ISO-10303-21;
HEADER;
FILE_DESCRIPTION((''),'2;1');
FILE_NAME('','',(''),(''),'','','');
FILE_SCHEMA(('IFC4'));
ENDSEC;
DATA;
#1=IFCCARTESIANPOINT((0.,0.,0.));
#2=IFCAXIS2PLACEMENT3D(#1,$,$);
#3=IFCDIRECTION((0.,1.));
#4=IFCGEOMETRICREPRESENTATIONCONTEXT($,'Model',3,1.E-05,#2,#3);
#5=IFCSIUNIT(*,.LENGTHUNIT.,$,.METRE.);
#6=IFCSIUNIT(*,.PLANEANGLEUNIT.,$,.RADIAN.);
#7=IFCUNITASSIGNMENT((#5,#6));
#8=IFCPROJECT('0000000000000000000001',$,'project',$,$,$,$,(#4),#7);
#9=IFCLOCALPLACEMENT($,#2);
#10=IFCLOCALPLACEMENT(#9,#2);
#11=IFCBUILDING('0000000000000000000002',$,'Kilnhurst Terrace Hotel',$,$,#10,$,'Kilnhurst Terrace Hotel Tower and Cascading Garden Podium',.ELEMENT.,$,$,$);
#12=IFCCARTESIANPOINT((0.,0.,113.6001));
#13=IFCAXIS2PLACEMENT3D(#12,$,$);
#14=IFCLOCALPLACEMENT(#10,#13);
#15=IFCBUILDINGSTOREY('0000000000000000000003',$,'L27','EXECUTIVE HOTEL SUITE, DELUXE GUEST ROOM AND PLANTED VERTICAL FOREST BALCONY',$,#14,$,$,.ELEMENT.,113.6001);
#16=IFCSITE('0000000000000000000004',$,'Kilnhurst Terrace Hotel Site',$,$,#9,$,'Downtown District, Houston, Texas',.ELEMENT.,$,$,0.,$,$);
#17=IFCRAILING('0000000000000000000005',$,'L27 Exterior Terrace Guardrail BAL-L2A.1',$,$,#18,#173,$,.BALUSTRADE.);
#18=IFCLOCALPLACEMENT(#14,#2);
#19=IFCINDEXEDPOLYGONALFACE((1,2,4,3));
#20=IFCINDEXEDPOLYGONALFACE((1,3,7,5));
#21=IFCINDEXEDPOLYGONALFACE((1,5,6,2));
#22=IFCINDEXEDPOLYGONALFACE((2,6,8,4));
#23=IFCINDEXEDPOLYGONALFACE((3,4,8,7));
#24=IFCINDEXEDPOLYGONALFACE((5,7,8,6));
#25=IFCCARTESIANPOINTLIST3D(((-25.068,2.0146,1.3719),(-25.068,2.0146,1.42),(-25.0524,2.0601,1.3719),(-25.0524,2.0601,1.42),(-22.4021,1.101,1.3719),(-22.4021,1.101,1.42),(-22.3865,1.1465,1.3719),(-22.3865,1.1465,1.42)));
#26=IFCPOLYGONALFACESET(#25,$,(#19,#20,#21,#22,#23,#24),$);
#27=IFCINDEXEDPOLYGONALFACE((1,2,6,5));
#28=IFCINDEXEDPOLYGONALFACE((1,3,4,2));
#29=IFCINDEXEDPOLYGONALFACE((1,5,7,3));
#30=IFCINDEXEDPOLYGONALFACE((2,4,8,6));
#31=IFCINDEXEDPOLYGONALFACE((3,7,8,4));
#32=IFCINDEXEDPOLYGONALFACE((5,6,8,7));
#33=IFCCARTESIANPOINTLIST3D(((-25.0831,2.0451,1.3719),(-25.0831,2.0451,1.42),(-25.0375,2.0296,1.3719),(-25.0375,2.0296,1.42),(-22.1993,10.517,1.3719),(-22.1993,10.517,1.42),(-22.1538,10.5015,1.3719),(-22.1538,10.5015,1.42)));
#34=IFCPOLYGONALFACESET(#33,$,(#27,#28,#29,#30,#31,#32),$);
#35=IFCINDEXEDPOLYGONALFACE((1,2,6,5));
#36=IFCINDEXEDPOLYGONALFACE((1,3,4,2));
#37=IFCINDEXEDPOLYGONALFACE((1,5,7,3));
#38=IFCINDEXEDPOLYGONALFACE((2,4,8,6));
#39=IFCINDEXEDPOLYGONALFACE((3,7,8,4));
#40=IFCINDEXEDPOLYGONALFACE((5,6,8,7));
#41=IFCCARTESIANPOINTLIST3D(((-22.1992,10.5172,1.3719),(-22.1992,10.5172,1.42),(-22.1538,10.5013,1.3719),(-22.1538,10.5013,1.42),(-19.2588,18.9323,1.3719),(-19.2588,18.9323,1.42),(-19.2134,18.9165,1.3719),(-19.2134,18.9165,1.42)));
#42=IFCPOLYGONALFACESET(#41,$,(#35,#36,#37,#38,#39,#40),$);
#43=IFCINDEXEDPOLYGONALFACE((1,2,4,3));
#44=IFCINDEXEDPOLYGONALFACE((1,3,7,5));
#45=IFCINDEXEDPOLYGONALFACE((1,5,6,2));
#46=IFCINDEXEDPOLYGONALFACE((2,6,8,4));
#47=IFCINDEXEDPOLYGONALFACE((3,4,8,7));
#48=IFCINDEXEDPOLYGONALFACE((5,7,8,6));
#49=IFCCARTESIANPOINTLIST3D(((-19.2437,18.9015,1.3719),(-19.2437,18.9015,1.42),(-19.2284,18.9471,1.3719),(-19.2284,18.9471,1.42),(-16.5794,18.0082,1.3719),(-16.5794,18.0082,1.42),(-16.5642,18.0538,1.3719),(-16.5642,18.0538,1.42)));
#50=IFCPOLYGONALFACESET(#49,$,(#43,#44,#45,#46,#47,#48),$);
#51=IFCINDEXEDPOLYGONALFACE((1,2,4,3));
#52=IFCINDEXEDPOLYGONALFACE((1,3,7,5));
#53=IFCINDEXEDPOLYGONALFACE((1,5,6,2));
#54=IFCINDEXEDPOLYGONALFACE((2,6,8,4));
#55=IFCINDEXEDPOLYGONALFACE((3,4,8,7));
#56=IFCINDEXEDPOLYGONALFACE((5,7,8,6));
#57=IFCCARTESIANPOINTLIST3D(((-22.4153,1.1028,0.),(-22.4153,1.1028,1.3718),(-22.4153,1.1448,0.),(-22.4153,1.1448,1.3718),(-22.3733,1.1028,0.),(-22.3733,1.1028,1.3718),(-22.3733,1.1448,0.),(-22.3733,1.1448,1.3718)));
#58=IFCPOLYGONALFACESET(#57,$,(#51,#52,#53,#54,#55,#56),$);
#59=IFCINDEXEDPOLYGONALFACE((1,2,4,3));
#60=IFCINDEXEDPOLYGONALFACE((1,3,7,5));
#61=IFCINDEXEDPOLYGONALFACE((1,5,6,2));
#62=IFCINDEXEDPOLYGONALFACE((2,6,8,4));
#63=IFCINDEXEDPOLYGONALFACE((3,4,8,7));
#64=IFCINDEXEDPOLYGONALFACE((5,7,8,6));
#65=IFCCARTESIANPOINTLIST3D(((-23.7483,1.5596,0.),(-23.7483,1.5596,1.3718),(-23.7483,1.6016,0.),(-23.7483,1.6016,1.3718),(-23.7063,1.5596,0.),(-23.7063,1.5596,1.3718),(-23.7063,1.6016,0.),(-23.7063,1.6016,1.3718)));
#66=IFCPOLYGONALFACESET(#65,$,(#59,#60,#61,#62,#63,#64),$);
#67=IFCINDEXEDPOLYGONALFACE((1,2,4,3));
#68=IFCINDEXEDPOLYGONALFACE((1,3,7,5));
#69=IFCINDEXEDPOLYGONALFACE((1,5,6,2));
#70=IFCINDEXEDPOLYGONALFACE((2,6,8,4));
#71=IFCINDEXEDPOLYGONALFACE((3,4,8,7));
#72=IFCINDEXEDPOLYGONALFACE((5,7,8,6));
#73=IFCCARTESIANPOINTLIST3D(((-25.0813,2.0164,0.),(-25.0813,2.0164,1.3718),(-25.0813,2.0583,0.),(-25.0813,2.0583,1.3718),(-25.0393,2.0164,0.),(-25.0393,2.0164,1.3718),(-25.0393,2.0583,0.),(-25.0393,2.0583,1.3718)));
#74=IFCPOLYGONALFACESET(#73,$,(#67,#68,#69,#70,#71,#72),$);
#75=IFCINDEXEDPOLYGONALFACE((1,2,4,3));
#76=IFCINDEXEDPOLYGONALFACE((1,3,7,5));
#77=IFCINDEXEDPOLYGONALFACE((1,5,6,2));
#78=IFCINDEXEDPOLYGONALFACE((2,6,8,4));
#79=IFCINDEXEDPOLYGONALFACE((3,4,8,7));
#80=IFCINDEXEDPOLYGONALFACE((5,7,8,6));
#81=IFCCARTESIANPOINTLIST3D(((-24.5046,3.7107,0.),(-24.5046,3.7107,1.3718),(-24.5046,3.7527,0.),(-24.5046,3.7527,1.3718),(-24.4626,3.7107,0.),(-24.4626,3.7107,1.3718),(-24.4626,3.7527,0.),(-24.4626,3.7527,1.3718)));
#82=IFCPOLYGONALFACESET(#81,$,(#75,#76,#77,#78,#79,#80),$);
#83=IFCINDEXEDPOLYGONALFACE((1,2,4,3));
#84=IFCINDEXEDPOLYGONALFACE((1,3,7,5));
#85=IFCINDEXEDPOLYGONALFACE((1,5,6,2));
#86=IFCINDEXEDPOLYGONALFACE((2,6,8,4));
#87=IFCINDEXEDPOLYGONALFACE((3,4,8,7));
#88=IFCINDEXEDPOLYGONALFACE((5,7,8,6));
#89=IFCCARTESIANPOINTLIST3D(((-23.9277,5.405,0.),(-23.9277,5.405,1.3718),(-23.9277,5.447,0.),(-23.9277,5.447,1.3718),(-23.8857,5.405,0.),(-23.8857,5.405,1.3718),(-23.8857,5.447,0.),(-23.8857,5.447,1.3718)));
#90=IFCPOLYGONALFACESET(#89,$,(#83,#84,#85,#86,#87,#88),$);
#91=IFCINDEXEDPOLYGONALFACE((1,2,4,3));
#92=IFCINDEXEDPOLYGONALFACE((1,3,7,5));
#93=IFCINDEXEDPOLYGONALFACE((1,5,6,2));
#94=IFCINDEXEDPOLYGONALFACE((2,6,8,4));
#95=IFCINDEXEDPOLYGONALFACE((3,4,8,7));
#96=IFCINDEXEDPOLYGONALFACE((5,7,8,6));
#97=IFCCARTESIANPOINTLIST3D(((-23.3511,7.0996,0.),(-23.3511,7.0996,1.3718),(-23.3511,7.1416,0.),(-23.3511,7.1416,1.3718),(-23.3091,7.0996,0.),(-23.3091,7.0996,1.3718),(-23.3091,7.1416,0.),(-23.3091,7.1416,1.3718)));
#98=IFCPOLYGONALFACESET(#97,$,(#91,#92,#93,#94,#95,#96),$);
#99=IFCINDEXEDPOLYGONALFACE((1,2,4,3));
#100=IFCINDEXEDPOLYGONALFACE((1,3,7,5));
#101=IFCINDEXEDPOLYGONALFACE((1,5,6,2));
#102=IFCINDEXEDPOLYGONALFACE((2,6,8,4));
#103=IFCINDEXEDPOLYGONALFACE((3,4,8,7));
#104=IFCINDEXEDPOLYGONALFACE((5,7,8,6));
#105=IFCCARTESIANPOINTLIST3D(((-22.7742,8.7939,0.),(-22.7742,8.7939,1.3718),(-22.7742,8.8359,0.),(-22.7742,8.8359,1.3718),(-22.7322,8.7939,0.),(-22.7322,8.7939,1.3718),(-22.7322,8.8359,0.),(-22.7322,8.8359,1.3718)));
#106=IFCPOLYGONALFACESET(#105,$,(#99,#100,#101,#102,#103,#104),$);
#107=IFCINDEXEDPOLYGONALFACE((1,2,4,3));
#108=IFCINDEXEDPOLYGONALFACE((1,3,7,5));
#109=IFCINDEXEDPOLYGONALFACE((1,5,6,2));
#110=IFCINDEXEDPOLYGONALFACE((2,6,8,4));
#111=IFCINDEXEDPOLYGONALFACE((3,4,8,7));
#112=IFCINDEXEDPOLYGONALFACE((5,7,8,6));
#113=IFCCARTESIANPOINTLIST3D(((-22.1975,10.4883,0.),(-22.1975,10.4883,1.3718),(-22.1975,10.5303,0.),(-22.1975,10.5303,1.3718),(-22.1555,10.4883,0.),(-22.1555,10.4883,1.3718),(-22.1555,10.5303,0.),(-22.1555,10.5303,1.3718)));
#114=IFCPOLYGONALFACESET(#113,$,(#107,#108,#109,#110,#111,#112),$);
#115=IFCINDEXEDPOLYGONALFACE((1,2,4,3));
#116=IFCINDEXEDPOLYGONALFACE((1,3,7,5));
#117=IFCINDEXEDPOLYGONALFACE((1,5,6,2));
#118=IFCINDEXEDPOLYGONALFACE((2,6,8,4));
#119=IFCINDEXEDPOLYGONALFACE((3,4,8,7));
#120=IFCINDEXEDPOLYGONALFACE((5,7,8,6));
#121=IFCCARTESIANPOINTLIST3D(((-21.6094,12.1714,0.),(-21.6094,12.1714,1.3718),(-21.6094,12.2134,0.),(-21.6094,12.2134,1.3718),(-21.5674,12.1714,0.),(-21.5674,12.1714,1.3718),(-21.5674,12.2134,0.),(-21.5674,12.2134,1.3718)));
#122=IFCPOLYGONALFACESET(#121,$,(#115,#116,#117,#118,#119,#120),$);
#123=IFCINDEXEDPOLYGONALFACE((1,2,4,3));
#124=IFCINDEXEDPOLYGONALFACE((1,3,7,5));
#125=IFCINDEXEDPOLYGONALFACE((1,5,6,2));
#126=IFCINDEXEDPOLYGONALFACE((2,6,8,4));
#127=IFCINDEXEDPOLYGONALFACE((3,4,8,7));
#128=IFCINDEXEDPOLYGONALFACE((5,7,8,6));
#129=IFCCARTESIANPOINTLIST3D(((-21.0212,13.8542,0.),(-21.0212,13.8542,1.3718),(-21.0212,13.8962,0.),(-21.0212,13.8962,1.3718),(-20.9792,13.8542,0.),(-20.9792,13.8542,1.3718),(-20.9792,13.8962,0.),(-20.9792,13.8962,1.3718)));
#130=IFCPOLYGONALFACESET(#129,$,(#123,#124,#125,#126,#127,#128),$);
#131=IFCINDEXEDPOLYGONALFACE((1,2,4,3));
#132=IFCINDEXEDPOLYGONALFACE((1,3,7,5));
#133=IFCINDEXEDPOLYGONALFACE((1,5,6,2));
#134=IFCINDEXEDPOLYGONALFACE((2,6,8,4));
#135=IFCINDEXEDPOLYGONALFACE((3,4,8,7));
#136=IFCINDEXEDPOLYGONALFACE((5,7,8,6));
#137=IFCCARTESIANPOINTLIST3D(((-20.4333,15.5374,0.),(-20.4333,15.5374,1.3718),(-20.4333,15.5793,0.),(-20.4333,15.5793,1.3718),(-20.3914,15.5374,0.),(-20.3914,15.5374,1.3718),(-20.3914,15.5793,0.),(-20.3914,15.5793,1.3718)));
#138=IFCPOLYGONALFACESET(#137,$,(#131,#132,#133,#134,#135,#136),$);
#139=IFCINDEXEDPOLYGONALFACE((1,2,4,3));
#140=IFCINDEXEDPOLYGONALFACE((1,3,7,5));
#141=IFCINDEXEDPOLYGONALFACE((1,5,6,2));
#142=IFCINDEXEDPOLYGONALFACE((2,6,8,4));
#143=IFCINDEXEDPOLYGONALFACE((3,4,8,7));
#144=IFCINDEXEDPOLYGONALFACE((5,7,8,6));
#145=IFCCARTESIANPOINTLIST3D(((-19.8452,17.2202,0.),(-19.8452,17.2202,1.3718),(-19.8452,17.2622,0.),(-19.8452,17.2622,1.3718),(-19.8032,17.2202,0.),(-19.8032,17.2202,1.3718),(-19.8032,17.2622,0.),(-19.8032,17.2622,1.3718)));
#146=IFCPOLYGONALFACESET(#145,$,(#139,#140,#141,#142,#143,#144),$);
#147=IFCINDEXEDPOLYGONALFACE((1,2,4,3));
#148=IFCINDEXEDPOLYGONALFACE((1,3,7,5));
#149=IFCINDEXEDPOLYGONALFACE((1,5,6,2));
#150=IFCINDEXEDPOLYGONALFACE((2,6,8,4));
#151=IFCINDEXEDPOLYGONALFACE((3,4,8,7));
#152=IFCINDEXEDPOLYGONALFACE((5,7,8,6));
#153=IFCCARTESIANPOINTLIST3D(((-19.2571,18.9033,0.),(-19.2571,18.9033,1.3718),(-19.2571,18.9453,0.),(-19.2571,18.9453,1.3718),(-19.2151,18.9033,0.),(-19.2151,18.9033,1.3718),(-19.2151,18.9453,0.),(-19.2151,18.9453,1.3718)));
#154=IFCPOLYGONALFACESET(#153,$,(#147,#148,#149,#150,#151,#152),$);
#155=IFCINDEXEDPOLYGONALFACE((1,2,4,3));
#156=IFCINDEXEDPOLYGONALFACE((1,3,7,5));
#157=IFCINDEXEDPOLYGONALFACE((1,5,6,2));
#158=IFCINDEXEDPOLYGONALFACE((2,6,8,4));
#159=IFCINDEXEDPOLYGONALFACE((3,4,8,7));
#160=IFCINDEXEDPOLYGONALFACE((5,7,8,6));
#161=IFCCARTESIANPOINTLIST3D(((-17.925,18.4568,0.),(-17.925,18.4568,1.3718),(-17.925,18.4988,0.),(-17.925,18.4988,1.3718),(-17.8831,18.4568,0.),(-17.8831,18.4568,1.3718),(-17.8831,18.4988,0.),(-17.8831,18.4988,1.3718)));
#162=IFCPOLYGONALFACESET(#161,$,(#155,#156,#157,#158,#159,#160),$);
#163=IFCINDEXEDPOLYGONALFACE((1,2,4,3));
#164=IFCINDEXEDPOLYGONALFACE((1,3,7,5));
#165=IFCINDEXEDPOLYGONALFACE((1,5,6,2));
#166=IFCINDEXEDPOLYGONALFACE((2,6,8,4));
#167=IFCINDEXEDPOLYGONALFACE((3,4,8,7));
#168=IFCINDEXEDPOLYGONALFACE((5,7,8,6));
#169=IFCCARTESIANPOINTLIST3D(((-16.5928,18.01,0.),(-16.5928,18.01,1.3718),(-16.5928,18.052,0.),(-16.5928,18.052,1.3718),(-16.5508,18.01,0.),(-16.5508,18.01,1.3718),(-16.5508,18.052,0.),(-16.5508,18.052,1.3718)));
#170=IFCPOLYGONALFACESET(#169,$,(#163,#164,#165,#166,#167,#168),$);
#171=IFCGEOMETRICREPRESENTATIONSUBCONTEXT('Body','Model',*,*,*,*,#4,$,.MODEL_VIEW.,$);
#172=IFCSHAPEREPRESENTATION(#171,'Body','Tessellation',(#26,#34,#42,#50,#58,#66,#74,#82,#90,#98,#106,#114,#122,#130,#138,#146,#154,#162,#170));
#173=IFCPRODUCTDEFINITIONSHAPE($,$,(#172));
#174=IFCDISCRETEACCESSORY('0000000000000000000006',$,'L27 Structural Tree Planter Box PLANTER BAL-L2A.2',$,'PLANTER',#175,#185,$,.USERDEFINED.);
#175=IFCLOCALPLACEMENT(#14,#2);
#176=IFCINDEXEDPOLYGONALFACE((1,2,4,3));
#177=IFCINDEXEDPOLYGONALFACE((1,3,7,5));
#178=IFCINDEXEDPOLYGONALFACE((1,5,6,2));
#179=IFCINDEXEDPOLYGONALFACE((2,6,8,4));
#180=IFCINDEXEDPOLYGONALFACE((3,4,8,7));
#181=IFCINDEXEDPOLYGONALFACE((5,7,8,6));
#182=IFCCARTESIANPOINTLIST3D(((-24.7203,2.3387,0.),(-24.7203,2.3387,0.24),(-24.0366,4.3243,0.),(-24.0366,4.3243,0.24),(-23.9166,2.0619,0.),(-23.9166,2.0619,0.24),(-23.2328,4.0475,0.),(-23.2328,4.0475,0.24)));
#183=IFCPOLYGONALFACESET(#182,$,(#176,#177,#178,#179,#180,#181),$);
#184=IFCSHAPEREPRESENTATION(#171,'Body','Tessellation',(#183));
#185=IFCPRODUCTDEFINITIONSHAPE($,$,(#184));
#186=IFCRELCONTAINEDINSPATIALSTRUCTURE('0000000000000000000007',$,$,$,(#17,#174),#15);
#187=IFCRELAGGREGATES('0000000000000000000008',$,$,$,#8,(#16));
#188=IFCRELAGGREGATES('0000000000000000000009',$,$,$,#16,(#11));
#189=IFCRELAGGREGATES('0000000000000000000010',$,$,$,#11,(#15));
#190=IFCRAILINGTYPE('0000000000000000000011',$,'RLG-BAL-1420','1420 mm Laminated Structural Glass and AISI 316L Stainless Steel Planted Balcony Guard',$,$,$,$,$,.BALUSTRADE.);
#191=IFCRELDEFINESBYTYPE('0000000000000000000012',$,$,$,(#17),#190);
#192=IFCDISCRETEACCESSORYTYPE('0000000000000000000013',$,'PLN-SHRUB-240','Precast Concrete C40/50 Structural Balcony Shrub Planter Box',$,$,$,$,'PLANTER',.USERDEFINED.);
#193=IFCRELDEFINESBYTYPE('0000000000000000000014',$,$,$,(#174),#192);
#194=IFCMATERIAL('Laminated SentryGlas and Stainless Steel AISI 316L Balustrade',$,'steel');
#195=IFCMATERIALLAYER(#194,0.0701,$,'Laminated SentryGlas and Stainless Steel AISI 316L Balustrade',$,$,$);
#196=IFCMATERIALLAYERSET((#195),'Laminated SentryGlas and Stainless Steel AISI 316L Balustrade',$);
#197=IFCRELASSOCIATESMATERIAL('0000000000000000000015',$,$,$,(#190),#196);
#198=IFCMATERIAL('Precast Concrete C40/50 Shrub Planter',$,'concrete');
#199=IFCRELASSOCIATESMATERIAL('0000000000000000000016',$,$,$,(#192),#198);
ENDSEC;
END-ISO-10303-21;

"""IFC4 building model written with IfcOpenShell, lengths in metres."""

from ifc_helpers import new_model, si_unit, direction, frame, origin, origin_2d, place, context, subcontext, project, spatial, rectangle, extrude, material, layer, layer_set, type_object, element, save


model = new_model("IFC4")

# Units and contexts
model_context = context("Model", 3, precision=1e-05, world=origin(), true_north=direction((0.0, 1.0)))
body_context = subcontext(model_context, "Body", "Model", "MODEL_VIEW")
ifc_project = project(units=[si_unit("LENGTHUNIT", "METRE"), si_unit("PLANEANGLEUNIT", "RADIAN")], contexts=[model_context])

# Site, building, storey
site_placement = place(None, origin())
site = spatial("IfcSite", under=ifc_project, at=site_placement, Name="Kilnhurst Terrace Hotel Site", LongName="Downtown District, Houston, Texas", CompositionType="ELEMENT", RefElevation=0.0)
building_placement = place(site_placement, origin())
building = spatial("IfcBuilding", under=site, at=building_placement, Name="Kilnhurst Terrace Hotel", LongName="Kilnhurst Terrace Hotel Tower and Cascading Garden Podium", CompositionType="ELEMENT")
storey_placement = place(building_placement, frame((0.0, 0.0, 113.6001)))
storey = spatial("IfcBuildingStorey", under=building, at=storey_placement, Name="L27", Description="EXECUTIVE HOTEL SUITE, DELUXE GUEST ROOM AND PLANTED VERTICAL FOREST BALCONY", CompositionType="ELEMENT", Elevation=113.6001)

# Railing
ifc_material_1 = material(Name="Laminated SentryGlas and Stainless Steel AISI 316L Balustrade", Category="steel")
ifc_layer_1 = layer(ifc_material_1, 0.0701, Name="Laminated SentryGlas and Stainless Steel AISI 316L Balustrade")
ifc_layer_set_1 = layer_set([ifc_layer_1], Name="Laminated SentryGlas and Stainless Steel AISI 316L Balustrade")
railing_type = type_object("IfcRailingType", Name="RLG-BAL-1420", Description="1420 mm Laminated Structural Glass and AISI 316L Stainless Steel Planted Balcony Guard", PredefinedType="BALUSTRADE", material=ifc_layer_set_1)
railing_placement = place(storey_placement, frame((-22.3943, 1.1238, 0.0)))
element("IfcRailing", 1, at=railing_placement, inside=storey, type_object=railing_type, Name="L27 Exterior Terrace Guardrail BAL-L2A.1", PredefinedType="BALUSTRADE", context=body_context, shape_type="SweptSolid", body=[
    extrude(rectangle(XDim=0.0481, YDim=0.0481, at=origin_2d()), frame((0.0, 0.0, 1.396), z_axis=(-0.945999, 0.324169, 0.0), x_axis=(-0.324169, -0.945999, 0.0)), (0.0, 0.0, 1.0), 2.8181),
    extrude(rectangle(XDim=0.0481, YDim=0.0481, at=origin_2d()), frame((-2.666, 0.9136, 1.396), z_axis=(0.322237, 0.946659, 0.0), x_axis=(-0.946659, 0.322237, 0.0)), (0.0, 0.0, 1.0), 8.9492),
    extrude(rectangle(XDim=0.0481, YDim=0.0481, at=origin_2d()), frame((0.2178, 9.3855, 1.396), z_axis=(0.329867, 0.944027, 0.0), x_axis=(-0.944027, 0.329867, 0.0)), (0.0, 0.0, 1.0), 8.9141),
    extrude(rectangle(XDim=0.0481, YDim=0.0481, at=origin_2d()), frame((3.1582, 17.8005, 1.396), z_axis=(0.948126, -0.317895, 0.0), x_axis=(0.317895, 0.948126, 0.0)), (0.0, 0.0, 1.0), 2.8101),
    extrude(rectangle(XDim=0.042, YDim=0.042, at=origin_2d()), origin(), (0.0, 0.0, 1.0), 1.3718),
    extrude(rectangle(XDim=0.042, YDim=0.042, at=origin_2d()), frame((-1.333, 0.4568, 0.0)), (0.0, 0.0, 1.0), 1.3718),
    extrude(rectangle(XDim=0.042, YDim=0.042, at=origin_2d()), frame((-2.666, 0.9136, 0.0)), (0.0, 0.0, 1.0), 1.3718),
    extrude(rectangle(XDim=0.042, YDim=0.042, at=origin_2d()), frame((-2.0894, 2.6079, 0.0)), (0.0, 0.0, 1.0), 1.3718),
    extrude(rectangle(XDim=0.042, YDim=0.042, at=origin_2d()), frame((-1.5125, 4.3022, 0.0)), (0.0, 0.0, 1.0), 1.3718),
    extrude(rectangle(XDim=0.042, YDim=0.042, at=origin_2d()), frame((-0.9358, 5.9968, 0.0)), (0.0, 0.0, 1.0), 1.3718),
    extrude(rectangle(XDim=0.042, YDim=0.042, at=origin_2d()), frame((-0.3589, 7.6912, 0.0)), (0.0, 0.0, 1.0), 1.3718),
    extrude(rectangle(XDim=0.042, YDim=0.042, at=origin_2d()), frame((0.2178, 9.3855, 0.0)), (0.0, 0.0, 1.0), 1.3718),
    extrude(rectangle(XDim=0.042, YDim=0.042, at=origin_2d()), frame((0.8059, 11.0686, 0.0)), (0.0, 0.0, 1.0), 1.3718),
    extrude(rectangle(XDim=0.042, YDim=0.042, at=origin_2d()), frame((1.394, 12.7515, 0.0)), (0.0, 0.0, 1.0), 1.3718),
    extrude(rectangle(XDim=0.042, YDim=0.042, at=origin_2d()), frame((1.9819, 14.4346, 0.0)), (0.0, 0.0, 1.0), 1.3718),
    extrude(rectangle(XDim=0.042, YDim=0.042, at=origin_2d()), frame((2.5701, 16.1174, 0.0)), (0.0, 0.0, 1.0), 1.3718),
    extrude(rectangle(XDim=0.042, YDim=0.042, at=origin_2d()), frame((3.1582, 17.8005, 0.0)), (0.0, 0.0, 1.0), 1.3718),
    extrude(rectangle(XDim=0.042, YDim=0.042, at=origin_2d()), frame((4.4902, 17.354, 0.0)), (0.0, 0.0, 1.0), 1.3718),
    extrude(rectangle(XDim=0.042, YDim=0.042, at=origin_2d()), frame((5.8225, 16.9072, 0.0)), (0.0, 0.0, 1.0), 1.3718),
])

# Discrete accessory
ifc_material_2 = material(Name="Precast Concrete C40/50 Shrub Planter", Category="concrete")
discrete_accessory_type = type_object("IfcDiscreteAccessoryType", Name="PLN-SHRUB-240", Description="Precast Concrete C40/50 Structural Balcony Shrub Planter Box", ElementType="PLANTER", PredefinedType="USERDEFINED", material=ifc_material_2)
discrete_accessory_placement = place(storey_placement, frame((-23.9766, 3.1931, 0.0), z_axis=(0.0, 0.0, 1.0), x_axis=(-0.325601, -0.945507, 0.0)))
element("IfcDiscreteAccessory", 2, at=discrete_accessory_placement, inside=storey, type_object=discrete_accessory_type, Name="L27 Structural Tree Planter Box PLANTER BAL-L2A.2", ObjectType="PLANTER", PredefinedType="USERDEFINED", context=body_context, shape_type="SweptSolid", body=[
    extrude(rectangle(XDim=2.1001, YDim=0.8501, at=origin_2d()), origin(), (0.0, 0.0, 1.0), 0.24),
])

save(model, "model.ifc")
